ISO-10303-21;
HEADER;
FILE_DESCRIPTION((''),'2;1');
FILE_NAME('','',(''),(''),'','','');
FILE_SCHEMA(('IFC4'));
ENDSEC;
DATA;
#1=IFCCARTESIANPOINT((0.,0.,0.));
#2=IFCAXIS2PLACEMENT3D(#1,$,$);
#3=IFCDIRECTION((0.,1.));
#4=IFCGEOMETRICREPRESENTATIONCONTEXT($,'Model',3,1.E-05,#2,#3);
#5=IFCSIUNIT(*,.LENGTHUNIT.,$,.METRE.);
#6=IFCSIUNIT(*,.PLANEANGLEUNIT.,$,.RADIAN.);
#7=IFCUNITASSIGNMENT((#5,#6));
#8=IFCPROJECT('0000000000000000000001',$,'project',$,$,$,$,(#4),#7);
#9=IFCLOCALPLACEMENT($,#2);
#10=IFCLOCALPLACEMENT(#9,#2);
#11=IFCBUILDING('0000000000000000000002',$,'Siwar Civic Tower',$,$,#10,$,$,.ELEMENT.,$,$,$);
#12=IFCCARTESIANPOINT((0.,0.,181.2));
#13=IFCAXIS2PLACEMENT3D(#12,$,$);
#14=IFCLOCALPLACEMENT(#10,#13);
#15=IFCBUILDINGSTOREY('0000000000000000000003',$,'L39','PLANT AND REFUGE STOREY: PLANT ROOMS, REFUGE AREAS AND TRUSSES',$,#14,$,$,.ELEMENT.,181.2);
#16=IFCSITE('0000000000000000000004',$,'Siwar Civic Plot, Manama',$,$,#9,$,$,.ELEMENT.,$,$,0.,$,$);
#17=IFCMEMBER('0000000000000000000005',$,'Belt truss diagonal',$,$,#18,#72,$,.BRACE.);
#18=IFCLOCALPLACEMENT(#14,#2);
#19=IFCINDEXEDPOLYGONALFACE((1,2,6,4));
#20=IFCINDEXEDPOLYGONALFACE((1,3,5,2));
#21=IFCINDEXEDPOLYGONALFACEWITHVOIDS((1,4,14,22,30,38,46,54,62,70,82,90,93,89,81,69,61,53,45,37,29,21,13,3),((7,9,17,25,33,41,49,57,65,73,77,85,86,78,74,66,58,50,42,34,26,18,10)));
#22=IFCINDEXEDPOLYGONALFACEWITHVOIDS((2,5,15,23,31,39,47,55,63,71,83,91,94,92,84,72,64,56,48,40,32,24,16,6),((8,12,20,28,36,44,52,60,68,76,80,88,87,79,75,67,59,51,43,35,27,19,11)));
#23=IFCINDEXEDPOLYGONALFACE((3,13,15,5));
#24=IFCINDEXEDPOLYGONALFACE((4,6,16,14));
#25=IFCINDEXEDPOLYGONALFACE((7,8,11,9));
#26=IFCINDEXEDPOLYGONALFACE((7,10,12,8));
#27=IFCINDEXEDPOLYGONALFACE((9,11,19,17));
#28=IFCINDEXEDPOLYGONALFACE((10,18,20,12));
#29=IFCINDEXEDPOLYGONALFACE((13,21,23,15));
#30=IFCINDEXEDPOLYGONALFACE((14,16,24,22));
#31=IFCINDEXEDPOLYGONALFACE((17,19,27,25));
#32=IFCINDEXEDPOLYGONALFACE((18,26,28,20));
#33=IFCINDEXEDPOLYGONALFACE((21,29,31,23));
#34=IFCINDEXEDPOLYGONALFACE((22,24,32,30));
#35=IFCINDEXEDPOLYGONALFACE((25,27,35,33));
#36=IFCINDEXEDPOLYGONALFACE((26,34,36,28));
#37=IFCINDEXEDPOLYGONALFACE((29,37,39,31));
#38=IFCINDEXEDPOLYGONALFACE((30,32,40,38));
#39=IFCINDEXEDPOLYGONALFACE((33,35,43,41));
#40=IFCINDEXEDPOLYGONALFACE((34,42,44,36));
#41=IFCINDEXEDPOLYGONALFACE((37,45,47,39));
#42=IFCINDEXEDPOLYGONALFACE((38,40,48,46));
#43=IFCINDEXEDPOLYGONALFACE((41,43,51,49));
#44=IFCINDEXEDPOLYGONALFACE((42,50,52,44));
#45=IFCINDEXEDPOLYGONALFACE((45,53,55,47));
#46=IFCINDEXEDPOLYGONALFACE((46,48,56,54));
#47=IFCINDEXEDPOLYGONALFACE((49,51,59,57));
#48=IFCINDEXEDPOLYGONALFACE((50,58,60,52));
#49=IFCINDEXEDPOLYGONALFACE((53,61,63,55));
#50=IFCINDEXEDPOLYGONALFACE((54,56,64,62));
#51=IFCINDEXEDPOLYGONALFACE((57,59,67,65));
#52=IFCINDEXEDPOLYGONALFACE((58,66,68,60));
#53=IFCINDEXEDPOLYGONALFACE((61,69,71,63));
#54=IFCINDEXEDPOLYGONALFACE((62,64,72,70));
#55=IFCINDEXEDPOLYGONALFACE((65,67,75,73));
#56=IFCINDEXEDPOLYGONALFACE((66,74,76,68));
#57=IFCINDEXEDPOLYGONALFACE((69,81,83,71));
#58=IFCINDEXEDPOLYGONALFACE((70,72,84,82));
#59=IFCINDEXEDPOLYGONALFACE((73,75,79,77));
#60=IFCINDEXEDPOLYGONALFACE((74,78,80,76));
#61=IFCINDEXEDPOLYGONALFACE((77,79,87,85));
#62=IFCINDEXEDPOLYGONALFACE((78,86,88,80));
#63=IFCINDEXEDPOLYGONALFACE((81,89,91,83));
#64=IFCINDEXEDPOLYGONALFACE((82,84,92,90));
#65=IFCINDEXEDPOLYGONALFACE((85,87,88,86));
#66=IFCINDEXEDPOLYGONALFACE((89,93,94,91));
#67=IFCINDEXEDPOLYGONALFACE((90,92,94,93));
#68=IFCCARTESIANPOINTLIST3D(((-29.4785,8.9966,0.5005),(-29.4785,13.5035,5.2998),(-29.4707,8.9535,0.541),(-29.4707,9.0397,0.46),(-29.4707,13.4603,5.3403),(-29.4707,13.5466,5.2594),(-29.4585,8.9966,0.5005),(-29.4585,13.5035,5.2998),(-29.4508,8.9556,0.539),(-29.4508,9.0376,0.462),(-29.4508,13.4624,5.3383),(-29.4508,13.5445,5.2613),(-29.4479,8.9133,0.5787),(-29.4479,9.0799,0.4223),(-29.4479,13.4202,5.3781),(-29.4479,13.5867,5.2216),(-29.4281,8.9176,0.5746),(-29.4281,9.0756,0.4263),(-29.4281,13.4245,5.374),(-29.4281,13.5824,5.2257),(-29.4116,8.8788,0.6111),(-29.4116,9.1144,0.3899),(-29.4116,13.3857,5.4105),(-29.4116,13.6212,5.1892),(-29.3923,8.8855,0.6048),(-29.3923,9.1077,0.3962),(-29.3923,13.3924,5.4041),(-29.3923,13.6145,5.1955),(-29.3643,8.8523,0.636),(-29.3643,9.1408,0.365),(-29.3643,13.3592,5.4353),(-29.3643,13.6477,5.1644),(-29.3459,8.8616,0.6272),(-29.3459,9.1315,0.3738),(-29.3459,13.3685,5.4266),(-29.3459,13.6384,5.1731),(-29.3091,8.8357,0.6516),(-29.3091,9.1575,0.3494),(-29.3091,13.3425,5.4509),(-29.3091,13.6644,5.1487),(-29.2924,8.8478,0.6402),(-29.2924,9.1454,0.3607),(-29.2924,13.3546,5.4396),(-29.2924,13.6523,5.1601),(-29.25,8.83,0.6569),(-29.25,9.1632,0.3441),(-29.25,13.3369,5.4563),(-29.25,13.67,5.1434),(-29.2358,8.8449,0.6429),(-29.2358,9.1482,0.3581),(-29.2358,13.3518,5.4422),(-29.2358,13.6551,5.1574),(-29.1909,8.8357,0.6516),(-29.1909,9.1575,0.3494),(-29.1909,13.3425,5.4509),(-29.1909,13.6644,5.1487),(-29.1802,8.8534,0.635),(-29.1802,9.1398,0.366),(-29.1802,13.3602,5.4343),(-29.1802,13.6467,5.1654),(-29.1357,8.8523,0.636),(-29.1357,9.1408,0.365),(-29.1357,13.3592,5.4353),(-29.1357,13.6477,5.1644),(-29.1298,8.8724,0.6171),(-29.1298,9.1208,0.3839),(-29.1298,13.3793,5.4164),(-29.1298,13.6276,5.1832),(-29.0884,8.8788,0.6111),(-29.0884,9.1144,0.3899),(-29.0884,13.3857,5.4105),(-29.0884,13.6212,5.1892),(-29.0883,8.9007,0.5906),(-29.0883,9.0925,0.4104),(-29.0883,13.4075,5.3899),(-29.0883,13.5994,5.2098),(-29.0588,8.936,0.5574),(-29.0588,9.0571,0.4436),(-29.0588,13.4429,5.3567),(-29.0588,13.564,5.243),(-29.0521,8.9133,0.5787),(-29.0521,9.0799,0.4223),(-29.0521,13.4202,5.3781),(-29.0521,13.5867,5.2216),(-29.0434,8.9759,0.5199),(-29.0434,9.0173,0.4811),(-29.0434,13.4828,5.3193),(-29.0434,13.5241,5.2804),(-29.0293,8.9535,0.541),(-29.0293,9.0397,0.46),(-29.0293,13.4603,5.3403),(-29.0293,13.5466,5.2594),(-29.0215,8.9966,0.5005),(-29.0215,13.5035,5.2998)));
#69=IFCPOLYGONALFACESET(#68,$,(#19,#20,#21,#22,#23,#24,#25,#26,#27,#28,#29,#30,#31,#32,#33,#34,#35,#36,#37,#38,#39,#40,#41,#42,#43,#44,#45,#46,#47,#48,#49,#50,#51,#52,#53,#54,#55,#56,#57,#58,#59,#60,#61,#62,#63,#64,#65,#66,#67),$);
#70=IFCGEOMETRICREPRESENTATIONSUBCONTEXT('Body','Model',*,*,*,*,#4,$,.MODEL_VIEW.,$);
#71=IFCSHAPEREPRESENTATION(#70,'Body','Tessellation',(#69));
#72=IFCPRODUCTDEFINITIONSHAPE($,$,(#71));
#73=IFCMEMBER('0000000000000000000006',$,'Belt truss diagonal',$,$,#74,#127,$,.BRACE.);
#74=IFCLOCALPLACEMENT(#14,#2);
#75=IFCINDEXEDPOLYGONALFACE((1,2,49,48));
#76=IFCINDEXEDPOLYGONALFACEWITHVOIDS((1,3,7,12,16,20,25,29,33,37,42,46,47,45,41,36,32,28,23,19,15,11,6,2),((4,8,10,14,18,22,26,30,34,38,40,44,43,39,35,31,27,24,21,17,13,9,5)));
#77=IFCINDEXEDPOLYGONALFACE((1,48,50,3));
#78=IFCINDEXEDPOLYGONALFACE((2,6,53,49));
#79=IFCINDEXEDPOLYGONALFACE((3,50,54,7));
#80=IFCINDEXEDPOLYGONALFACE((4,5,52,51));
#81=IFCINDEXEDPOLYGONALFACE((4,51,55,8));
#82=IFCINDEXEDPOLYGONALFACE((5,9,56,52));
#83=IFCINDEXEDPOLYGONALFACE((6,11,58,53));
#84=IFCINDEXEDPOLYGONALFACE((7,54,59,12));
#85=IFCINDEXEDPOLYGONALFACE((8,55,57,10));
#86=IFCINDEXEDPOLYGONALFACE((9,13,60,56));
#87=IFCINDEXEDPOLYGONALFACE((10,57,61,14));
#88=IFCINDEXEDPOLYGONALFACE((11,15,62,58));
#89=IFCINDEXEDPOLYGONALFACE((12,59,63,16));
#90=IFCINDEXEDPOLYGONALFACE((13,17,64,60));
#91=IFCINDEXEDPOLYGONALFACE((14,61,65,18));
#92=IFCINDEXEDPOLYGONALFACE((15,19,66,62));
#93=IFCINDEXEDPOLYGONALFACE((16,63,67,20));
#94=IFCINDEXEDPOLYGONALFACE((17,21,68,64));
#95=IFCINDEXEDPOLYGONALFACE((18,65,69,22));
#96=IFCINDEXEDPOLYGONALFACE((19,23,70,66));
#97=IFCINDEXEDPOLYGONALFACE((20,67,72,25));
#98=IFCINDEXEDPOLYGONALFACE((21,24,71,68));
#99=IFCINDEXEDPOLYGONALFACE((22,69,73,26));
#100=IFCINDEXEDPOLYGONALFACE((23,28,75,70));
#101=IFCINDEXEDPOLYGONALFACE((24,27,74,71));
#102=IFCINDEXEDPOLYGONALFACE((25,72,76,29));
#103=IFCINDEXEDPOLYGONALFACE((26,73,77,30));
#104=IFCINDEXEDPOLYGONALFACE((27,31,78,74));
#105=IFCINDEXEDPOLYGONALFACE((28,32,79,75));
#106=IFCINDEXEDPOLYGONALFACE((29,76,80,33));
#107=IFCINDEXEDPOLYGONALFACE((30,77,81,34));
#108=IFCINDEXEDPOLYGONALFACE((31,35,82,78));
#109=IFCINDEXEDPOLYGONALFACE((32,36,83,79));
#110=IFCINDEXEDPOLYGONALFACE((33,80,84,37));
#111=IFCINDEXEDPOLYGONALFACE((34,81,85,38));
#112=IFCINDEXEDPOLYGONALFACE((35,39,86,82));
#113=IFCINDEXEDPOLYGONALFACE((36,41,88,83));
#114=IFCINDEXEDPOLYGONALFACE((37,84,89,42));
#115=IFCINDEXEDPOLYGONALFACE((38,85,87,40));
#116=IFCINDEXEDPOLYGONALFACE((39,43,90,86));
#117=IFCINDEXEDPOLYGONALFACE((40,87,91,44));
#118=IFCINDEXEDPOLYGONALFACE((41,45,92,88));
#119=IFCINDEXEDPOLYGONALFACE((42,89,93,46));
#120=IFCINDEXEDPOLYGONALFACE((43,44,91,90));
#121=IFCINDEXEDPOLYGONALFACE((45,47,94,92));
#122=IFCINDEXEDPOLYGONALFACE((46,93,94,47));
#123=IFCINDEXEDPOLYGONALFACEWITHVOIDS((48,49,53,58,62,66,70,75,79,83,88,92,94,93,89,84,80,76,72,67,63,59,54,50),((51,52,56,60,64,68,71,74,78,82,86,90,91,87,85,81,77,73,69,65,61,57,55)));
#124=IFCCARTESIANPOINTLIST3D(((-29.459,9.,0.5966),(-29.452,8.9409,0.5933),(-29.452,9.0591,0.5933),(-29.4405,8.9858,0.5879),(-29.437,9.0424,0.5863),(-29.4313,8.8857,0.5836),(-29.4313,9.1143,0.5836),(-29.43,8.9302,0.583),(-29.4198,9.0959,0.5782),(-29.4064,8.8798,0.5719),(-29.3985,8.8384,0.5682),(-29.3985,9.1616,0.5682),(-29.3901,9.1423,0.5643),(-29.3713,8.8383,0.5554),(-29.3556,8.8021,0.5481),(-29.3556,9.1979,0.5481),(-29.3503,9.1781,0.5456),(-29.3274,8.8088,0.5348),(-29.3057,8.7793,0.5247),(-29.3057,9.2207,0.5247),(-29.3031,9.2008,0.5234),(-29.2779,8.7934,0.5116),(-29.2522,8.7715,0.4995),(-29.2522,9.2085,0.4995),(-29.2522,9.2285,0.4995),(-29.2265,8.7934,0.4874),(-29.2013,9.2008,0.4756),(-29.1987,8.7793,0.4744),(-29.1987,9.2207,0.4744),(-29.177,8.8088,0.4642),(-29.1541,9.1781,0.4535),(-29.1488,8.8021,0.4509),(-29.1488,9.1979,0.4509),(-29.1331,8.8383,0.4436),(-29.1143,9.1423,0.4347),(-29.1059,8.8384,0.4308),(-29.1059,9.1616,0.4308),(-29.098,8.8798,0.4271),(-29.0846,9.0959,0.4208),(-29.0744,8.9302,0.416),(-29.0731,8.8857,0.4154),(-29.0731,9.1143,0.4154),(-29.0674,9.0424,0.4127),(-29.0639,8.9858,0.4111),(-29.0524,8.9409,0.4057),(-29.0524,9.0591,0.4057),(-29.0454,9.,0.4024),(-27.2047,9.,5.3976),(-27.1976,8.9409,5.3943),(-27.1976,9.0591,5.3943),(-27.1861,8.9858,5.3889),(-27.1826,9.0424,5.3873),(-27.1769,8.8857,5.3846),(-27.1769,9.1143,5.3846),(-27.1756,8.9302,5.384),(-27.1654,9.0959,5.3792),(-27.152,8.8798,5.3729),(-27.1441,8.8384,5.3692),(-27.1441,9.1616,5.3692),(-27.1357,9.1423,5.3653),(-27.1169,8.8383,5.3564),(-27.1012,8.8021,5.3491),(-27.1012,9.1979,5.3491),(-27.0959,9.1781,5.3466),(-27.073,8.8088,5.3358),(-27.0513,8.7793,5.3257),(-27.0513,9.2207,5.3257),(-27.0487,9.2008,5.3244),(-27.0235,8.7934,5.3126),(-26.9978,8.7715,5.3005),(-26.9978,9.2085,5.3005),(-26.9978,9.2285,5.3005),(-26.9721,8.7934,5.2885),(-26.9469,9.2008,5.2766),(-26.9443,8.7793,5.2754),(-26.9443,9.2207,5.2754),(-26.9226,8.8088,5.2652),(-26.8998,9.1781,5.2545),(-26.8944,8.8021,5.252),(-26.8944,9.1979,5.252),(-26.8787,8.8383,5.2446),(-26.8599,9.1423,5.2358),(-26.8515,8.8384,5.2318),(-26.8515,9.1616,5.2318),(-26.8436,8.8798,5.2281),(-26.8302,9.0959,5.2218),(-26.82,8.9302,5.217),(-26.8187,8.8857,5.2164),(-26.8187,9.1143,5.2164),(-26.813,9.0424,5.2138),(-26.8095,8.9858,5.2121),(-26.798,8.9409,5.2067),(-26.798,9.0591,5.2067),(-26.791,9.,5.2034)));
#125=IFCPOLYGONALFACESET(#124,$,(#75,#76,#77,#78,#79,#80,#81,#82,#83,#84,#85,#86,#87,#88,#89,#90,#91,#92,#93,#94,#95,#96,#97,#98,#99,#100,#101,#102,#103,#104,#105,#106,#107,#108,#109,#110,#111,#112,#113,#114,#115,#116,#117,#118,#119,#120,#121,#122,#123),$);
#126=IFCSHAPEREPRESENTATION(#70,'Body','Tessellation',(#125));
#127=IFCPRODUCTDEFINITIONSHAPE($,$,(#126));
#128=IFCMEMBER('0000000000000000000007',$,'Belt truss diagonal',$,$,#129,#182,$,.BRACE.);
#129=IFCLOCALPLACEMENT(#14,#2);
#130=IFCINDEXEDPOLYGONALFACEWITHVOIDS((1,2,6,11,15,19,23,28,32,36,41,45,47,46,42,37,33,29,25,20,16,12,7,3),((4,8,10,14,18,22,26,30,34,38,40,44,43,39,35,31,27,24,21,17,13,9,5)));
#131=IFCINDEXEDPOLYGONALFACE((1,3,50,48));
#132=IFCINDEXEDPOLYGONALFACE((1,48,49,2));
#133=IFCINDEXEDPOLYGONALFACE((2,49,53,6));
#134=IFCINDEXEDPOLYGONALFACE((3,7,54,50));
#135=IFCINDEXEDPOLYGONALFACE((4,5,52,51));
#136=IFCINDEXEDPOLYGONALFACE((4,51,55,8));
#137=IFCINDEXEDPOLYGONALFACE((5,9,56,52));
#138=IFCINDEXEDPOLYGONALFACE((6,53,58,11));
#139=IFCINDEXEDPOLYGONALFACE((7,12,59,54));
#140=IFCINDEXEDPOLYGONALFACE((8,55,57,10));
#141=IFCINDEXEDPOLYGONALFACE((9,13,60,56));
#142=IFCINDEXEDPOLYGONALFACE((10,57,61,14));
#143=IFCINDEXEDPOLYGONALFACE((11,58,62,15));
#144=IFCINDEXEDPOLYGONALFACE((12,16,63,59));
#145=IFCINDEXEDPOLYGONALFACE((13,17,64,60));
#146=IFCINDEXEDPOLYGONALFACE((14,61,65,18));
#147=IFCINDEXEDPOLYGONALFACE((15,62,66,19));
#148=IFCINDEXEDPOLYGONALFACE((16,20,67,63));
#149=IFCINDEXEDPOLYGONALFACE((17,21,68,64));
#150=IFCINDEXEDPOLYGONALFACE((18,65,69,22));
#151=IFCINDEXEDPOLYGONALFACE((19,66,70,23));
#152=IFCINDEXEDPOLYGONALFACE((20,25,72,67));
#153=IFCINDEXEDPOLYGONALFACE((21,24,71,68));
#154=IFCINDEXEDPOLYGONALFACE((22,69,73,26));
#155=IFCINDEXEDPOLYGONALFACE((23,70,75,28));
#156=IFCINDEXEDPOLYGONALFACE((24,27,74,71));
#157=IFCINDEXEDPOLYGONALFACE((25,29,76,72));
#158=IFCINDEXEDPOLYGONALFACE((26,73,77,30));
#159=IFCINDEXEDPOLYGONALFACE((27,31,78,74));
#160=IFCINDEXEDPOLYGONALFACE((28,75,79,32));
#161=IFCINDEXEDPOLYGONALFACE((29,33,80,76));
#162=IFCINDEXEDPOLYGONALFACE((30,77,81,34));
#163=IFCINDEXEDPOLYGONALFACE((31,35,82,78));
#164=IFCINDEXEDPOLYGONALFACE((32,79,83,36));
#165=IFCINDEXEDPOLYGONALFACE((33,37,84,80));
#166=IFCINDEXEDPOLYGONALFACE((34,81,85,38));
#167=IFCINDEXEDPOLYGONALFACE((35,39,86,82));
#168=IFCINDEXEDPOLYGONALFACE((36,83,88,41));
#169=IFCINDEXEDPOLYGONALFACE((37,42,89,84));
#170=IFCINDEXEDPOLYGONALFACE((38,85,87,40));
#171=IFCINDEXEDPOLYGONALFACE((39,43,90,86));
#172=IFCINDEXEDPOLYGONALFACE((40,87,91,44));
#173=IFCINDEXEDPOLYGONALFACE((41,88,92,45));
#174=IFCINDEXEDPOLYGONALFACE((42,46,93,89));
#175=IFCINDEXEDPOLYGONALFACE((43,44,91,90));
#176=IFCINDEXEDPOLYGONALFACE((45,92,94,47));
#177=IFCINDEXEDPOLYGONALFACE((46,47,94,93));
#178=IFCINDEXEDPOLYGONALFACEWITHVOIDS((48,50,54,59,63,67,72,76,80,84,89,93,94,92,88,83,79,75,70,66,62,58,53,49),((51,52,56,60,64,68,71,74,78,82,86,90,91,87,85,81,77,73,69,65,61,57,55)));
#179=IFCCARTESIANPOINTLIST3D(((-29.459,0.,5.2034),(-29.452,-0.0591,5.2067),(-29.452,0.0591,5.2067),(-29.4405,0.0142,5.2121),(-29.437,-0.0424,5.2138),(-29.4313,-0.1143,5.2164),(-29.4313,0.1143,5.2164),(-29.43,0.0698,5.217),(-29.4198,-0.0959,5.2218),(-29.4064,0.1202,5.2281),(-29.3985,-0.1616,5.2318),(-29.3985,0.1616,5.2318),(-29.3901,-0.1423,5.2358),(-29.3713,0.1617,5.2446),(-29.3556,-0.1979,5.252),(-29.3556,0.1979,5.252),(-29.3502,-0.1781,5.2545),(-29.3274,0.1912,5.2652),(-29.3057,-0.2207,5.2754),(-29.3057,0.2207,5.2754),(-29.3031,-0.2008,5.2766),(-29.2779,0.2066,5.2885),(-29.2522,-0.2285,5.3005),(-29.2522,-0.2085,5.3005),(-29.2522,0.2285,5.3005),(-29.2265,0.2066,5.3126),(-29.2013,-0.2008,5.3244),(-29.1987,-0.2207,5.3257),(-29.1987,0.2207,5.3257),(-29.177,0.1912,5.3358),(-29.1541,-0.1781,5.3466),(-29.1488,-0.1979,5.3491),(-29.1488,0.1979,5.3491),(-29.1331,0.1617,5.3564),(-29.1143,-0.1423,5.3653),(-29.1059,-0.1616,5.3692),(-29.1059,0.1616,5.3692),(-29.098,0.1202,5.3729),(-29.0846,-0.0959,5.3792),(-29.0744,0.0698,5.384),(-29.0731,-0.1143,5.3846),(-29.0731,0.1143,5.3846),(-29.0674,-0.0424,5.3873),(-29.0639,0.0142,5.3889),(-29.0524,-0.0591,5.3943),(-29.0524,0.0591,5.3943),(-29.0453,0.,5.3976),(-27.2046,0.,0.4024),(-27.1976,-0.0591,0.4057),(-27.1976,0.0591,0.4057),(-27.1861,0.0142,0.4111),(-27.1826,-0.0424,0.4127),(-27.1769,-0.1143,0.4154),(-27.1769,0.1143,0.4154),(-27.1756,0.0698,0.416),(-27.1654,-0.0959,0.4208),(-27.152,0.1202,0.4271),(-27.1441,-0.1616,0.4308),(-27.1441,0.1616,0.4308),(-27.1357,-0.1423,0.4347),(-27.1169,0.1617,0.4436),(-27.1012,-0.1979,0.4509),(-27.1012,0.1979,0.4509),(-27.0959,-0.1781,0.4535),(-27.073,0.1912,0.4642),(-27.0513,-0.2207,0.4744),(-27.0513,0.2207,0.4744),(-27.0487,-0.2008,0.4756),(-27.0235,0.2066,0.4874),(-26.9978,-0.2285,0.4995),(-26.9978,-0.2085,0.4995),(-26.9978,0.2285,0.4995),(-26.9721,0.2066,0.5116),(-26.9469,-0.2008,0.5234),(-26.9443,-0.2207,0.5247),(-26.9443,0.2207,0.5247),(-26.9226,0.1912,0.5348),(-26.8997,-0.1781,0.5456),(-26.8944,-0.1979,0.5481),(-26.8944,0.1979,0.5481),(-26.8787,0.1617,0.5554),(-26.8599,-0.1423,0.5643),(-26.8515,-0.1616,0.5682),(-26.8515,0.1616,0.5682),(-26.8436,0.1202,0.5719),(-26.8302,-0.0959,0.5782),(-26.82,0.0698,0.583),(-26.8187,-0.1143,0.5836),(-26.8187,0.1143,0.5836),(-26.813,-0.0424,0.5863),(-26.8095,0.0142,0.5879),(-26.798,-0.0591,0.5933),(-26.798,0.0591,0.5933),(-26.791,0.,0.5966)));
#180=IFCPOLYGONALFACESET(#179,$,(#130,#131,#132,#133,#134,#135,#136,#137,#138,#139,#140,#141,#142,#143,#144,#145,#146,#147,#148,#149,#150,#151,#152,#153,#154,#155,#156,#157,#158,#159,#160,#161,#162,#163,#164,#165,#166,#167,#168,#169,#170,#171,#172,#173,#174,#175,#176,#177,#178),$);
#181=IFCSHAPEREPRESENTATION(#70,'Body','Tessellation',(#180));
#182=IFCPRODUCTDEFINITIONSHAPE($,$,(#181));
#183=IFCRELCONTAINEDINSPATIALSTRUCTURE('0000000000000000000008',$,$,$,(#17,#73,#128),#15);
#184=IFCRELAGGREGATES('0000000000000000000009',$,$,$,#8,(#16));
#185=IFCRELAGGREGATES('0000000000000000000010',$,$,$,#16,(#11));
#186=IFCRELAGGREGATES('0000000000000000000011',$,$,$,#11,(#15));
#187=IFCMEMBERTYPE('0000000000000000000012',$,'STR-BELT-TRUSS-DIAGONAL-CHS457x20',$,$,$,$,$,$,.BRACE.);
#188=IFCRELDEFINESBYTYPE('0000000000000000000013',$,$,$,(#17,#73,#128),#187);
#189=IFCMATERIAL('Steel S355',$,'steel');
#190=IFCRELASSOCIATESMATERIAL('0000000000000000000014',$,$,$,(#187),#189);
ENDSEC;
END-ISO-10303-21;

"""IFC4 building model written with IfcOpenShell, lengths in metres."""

from ifc_helpers import new_model, si_unit, direction, frame, origin, origin_2d, place, context, subcontext, project, spatial, hollow_circle, extrude, material, material_profile, profile_set, type_object, element, save


model = new_model("IFC4")

# Units and contexts
model_context = context("Model", 3, precision=1e-05, world=origin(), true_north=direction((0.0, 1.0)))
body_context = subcontext(model_context, "Body", "Model", "MODEL_VIEW")
ifc_project = project(units=[si_unit("LENGTHUNIT", "METRE"), si_unit("PLANEANGLEUNIT", "RADIAN")], contexts=[model_context])

# Site, building, storey
site_placement = place(None, origin())
site = spatial("IfcSite", under=ifc_project, at=site_placement, Name="Siwar Civic Plot, Manama", CompositionType="ELEMENT", RefElevation=0.0)
building_placement = place(site_placement, origin())
building = spatial("IfcBuilding", under=site, at=building_placement, Name="Siwar Civic Tower", CompositionType="ELEMENT")
storey_placement = place(building_placement, frame((0.0, 0.0, 181.2)))
storey = spatial("IfcBuildingStorey", under=building, at=storey_placement, Name="L39", Description="PLANT AND REFUGE STOREY: PLANT ROOMS, REFUGE AREAS AND TRUSSES", CompositionType="ELEMENT", Elevation=181.2)

# Members
ifc_material_1 = material(Name="Steel S355", Category="steel")
ifc_material_profile_1 = material_profile(ifc_material_1, hollow_circle(Radius=0.2285, WallThickness=0.02, at=origin_2d()), Name="CHS457x20")
ifc_profile_set_1 = profile_set([ifc_material_profile_1], Name="Steel S355")
member_type_1 = type_object("IfcMemberType", Name="STR-BELT-TRUSS-DIAGONAL-CHS457x20", PredefinedType="BRACE", material=ifc_profile_set_1)
for number, where, z_axis, x_axis, name in (
    (1, (-29.25, 8.9966, 0.5005), (0.0, 0.684545, 0.72897), (-1.0, 0.0, 0.0), "Belt truss diagonal"),
):
    element("IfcMember", number, at=place(storey_placement, frame(where, z_axis=z_axis, x_axis=x_axis)), inside=storey, type_object=member_type_1, Name=name, PredefinedType="BRACE", context=body_context, shape_type="SweptSolid", body=[
        extrude(hollow_circle(Radius=0.2285, WallThickness=0.02, at=origin_2d()), origin(), (0.0, 0.0, 1.0), 6.5837),
    ])
for number, where, z_axis, x_axis, name in (
    (2, (-29.2522, 9.0, 0.4995), (0.425039, 0.0, 0.905175), (0.0, 1.0, 0.0), "Belt truss diagonal"),
    (3, (-26.9978, 0.0, 0.4995), (-0.425039, 0.0, 0.905175), (0.0, -1.0, 0.0), "Belt truss diagonal"),
):
    element("IfcMember", number, at=place(storey_placement, frame(where, z_axis=z_axis, x_axis=x_axis)), inside=storey, type_object=member_type_1, Name=name, PredefinedType="BRACE", context=body_context, shape_type="SweptSolid", body=[
        extrude(hollow_circle(Radius=0.2285, WallThickness=0.02, at=origin_2d()), origin(), (0.0, 0.0, 1.0), 5.304),
    ])

save(model, "model.ifc")
